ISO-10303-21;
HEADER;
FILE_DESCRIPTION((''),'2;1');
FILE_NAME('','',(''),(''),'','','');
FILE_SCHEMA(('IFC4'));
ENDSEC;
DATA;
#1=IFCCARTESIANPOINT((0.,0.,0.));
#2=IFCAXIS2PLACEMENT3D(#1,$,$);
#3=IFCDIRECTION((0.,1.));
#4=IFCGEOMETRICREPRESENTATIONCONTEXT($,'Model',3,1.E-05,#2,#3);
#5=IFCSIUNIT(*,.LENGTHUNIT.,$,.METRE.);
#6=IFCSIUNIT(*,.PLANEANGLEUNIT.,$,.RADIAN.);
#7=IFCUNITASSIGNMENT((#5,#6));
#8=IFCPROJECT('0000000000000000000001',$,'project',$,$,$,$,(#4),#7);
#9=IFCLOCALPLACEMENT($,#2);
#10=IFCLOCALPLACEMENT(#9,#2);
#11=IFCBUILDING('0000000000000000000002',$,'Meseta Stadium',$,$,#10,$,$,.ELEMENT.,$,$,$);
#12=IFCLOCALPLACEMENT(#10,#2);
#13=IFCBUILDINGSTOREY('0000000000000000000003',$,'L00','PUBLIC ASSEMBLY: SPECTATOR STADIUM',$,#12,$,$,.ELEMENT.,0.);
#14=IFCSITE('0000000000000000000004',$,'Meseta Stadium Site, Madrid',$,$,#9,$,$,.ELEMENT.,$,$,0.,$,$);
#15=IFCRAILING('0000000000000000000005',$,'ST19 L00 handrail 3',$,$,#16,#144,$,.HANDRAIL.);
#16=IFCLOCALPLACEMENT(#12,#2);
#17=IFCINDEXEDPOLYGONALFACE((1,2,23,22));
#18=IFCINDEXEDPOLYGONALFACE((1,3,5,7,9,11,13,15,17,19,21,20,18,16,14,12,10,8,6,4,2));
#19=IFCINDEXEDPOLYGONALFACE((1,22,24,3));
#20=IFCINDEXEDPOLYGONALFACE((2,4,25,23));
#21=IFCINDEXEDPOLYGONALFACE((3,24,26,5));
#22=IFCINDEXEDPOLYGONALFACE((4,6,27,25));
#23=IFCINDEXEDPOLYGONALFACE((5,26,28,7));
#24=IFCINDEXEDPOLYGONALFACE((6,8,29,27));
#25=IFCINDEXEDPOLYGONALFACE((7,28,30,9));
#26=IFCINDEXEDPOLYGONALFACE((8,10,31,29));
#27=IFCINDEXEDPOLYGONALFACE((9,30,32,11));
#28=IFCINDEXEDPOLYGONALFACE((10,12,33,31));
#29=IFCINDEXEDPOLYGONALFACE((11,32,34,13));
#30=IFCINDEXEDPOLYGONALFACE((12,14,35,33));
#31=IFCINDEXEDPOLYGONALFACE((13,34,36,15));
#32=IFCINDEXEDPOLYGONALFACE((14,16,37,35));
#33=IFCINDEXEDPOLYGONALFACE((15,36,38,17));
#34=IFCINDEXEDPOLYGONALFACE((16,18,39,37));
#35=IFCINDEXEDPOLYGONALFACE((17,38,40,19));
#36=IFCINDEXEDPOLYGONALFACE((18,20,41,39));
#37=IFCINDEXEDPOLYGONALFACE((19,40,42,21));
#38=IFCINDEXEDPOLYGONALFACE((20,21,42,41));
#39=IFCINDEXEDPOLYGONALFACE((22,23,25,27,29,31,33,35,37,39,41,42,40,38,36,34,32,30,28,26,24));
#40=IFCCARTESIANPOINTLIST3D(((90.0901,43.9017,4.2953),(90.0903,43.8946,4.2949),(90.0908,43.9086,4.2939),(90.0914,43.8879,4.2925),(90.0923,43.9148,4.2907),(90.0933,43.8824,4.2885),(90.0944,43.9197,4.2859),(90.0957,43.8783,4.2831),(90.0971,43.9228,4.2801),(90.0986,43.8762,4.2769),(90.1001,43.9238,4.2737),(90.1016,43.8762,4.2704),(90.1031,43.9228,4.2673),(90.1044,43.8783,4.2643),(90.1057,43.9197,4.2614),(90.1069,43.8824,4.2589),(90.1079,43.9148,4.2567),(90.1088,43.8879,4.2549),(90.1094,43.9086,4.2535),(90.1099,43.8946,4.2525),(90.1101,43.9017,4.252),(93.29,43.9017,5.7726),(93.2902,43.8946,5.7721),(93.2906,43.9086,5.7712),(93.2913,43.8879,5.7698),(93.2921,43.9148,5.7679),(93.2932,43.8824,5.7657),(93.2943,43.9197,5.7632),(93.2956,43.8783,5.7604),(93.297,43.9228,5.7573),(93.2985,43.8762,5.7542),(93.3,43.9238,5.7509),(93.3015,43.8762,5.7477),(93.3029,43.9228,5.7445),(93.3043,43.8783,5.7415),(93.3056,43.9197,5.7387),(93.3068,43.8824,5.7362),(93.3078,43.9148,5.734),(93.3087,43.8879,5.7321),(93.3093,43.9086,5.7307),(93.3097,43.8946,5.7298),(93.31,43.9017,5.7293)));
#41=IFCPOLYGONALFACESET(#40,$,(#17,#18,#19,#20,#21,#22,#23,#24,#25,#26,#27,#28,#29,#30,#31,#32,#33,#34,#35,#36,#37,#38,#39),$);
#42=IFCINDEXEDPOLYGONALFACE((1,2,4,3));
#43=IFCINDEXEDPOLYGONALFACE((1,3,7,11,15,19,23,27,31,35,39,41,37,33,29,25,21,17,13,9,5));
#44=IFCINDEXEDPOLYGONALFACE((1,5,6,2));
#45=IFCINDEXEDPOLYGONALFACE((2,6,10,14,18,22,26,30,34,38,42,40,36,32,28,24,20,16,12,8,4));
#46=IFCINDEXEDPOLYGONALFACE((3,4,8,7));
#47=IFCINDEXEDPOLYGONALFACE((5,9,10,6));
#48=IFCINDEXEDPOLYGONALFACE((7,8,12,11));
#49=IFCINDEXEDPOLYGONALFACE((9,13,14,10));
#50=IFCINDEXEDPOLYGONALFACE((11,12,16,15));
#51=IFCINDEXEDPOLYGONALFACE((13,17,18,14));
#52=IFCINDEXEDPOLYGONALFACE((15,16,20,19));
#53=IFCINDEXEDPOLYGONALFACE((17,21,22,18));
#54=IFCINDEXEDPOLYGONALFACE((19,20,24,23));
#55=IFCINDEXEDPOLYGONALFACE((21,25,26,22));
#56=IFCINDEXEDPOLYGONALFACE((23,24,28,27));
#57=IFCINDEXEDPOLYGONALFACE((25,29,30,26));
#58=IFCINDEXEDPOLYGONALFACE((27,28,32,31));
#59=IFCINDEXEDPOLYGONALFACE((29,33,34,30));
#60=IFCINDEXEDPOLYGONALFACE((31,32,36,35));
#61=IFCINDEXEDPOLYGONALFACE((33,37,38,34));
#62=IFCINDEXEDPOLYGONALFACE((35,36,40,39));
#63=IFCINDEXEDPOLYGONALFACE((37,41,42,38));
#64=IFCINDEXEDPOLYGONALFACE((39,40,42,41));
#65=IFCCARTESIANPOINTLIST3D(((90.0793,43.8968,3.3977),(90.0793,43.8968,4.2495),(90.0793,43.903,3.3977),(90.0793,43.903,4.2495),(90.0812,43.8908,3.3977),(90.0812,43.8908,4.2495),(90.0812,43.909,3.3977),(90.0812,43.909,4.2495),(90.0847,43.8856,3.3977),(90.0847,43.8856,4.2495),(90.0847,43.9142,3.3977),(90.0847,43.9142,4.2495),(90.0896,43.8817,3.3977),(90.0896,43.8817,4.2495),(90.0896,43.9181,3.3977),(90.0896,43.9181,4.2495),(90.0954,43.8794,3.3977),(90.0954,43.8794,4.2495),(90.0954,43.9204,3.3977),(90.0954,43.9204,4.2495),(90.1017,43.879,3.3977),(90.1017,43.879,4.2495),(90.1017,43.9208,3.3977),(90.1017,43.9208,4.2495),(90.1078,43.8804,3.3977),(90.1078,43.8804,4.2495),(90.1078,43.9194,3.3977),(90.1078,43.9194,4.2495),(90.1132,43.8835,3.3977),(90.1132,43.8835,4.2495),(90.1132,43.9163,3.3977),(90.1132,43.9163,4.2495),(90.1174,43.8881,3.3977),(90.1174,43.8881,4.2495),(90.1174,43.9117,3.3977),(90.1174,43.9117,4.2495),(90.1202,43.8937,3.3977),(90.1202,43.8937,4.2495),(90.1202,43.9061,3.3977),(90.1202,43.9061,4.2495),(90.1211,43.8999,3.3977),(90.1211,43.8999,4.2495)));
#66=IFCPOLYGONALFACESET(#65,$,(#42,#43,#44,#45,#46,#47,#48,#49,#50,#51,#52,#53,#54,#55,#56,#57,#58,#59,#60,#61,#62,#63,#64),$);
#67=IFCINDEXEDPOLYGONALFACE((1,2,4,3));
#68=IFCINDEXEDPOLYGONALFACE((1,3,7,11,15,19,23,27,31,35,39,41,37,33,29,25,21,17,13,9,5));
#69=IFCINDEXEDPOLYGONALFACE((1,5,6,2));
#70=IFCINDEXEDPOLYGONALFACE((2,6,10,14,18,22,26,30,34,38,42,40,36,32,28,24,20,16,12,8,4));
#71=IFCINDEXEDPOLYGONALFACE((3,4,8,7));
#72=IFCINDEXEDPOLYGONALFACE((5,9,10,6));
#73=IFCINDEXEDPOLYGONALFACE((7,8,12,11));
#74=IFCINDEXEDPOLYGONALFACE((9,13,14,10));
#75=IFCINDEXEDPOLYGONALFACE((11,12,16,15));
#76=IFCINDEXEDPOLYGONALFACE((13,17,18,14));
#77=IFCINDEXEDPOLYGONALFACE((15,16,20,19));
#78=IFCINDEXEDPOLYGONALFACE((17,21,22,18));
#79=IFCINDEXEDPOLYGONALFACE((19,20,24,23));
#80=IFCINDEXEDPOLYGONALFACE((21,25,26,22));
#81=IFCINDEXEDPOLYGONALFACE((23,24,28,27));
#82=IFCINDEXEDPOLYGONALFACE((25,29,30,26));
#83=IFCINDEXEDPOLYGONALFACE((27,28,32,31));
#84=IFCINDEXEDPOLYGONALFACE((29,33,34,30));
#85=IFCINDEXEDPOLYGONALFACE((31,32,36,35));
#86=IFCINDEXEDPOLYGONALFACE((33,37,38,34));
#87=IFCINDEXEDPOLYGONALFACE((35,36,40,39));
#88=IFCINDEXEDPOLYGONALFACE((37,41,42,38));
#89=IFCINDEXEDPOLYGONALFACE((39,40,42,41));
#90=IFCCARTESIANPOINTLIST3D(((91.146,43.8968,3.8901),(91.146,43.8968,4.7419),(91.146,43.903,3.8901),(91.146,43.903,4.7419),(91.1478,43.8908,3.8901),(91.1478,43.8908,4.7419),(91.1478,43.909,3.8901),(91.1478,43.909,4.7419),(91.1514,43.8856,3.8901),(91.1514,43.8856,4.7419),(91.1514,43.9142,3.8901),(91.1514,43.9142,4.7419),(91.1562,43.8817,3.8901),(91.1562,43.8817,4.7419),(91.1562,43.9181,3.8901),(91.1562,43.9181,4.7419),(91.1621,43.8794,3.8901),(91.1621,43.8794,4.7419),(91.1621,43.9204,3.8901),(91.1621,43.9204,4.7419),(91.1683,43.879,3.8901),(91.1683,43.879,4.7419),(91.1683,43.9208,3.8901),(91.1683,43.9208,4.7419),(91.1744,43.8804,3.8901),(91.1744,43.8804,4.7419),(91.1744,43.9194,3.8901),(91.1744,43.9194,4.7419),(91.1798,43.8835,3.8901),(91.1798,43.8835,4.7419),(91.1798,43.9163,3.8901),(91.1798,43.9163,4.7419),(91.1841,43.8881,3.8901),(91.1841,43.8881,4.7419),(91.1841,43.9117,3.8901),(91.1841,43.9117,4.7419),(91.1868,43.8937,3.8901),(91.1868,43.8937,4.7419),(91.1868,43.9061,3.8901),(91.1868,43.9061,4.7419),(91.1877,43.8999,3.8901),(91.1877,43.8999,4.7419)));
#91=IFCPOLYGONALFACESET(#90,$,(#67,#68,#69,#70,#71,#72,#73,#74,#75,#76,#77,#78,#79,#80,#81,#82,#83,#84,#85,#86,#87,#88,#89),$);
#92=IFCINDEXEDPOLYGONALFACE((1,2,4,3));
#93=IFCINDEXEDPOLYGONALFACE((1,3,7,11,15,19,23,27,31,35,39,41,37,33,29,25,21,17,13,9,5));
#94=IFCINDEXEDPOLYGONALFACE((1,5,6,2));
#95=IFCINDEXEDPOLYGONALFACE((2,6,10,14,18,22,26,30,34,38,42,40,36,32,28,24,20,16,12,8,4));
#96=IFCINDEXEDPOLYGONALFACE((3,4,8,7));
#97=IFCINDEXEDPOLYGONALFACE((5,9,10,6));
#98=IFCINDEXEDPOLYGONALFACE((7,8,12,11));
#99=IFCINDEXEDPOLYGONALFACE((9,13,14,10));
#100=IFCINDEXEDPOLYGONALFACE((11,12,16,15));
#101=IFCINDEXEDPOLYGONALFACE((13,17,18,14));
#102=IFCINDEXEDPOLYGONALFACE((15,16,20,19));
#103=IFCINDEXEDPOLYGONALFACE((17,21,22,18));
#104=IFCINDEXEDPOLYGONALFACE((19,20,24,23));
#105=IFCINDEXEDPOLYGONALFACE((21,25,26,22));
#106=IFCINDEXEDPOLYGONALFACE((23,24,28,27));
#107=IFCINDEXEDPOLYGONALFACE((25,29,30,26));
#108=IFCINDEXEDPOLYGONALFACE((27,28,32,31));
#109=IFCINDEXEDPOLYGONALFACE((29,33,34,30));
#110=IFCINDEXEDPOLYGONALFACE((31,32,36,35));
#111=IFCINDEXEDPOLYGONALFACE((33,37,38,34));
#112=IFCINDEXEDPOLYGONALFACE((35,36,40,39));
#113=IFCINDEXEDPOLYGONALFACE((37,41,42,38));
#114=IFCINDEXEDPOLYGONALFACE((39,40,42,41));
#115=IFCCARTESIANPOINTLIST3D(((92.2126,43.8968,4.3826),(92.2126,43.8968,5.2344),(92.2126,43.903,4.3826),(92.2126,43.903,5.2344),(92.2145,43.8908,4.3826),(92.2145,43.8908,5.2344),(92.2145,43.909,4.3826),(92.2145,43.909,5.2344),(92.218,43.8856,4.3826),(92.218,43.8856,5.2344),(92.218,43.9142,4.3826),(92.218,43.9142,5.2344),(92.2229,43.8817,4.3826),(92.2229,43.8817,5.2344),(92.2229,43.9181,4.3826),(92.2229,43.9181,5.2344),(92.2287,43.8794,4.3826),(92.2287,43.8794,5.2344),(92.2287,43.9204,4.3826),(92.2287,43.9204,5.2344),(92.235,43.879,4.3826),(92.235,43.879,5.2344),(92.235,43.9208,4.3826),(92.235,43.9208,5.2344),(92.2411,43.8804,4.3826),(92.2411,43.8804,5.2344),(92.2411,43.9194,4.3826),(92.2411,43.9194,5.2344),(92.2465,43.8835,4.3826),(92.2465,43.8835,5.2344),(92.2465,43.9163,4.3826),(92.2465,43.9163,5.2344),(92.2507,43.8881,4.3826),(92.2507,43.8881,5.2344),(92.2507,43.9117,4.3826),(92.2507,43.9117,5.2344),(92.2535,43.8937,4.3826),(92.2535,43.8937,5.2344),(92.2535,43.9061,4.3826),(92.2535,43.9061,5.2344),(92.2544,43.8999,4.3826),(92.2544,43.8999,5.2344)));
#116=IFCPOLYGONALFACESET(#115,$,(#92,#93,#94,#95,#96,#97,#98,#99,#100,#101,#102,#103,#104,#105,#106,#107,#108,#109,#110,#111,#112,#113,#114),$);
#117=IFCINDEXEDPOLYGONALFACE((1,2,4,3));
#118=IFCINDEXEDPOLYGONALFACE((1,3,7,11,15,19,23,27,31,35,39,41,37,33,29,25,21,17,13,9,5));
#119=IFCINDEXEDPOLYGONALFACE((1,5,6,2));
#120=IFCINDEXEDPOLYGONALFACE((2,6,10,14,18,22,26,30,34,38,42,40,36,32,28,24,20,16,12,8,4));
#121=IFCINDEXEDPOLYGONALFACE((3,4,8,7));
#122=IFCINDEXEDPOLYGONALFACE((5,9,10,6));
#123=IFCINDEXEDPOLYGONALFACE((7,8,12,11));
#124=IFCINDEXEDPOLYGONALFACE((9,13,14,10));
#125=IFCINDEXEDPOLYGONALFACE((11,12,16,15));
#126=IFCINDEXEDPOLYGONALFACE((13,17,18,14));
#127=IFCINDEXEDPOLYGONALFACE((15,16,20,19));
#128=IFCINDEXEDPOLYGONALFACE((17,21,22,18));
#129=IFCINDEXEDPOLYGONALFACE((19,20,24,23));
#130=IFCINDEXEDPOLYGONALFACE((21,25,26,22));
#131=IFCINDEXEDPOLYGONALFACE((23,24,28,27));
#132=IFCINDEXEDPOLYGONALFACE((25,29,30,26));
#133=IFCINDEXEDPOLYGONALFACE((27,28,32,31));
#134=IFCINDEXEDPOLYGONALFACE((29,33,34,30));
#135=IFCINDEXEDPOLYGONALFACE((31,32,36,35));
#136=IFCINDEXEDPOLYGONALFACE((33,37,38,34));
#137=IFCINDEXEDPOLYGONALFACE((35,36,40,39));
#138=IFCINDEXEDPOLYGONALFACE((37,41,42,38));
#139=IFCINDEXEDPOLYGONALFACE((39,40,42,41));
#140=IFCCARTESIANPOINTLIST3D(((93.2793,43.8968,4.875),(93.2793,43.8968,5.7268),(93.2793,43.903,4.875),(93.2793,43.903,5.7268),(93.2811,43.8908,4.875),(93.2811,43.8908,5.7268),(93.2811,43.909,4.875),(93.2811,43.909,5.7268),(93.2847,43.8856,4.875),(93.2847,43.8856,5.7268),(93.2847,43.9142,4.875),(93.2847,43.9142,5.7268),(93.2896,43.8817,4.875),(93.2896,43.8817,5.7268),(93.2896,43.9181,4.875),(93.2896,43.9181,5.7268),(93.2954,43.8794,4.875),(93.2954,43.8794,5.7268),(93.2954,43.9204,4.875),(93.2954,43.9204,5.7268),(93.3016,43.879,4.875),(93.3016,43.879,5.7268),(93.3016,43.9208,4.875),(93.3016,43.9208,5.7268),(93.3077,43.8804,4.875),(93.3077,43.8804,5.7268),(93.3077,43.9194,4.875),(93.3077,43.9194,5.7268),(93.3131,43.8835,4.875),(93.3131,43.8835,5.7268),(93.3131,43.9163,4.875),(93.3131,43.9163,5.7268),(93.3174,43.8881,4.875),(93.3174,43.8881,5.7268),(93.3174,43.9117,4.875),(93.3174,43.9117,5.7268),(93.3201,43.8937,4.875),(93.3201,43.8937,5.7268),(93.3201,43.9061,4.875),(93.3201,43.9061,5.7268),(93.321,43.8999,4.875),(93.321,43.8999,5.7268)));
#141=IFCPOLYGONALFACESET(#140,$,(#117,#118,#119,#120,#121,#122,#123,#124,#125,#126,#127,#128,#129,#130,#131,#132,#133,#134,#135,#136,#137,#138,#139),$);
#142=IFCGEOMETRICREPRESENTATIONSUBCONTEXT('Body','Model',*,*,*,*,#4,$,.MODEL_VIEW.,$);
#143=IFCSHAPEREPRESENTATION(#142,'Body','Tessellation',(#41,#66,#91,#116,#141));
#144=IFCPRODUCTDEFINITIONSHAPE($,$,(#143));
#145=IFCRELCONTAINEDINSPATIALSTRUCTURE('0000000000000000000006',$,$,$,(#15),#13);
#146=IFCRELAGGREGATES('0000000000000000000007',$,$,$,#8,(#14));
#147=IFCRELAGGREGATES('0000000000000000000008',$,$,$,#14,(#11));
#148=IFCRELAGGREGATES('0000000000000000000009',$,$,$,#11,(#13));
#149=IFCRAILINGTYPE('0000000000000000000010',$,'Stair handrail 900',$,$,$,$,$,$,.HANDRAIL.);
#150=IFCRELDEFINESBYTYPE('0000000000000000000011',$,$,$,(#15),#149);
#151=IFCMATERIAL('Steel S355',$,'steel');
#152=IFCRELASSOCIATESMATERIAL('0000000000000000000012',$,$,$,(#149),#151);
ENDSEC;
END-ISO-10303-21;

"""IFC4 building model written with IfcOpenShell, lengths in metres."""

from ifc_helpers import new_model, si_unit, direction, frame, origin, origin_2d, place, context, subcontext, project, spatial, circle, extrude, material, type_object, element, save


model = new_model("IFC4")

# Units and contexts
model_context = context("Model", 3, precision=1e-05, world=origin(), true_north=direction((0.0, 1.0)))
body_context = subcontext(model_context, "Body", "Model", "MODEL_VIEW")
ifc_project = project(units=[si_unit("LENGTHUNIT", "METRE"), si_unit("PLANEANGLEUNIT", "RADIAN")], contexts=[model_context])

# Site, building, storey
site_placement = place(None, origin())
site = spatial("IfcSite", under=ifc_project, at=site_placement, Name="Meseta Stadium Site, Madrid", CompositionType="ELEMENT", RefElevation=0.0)
building_placement = place(site_placement, origin())
building = spatial("IfcBuilding", under=site, at=building_placement, Name="Meseta Stadium", CompositionType="ELEMENT")
storey_placement = place(building_placement, origin())
storey = spatial("IfcBuildingStorey", under=building, at=storey_placement, Name="L00", Description="PUBLIC ASSEMBLY: SPECTATOR STADIUM", CompositionType="ELEMENT", Elevation=0.0)

# Railing
ifc_material_1 = material(Name="Steel S355", Category="steel")
railing_type_1 = type_object("IfcRailingType", Name="Stair handrail 900", PredefinedType="HANDRAIL", material=ifc_material_1)
railing_1_placement = place(storey_placement, frame((90.1001, 43.8999, 3.3977)))
element("IfcRailing", 1, at=railing_1_placement, inside=storey, type_object=railing_type_1, Name="ST19 L00 handrail 3", PredefinedType="HANDRAIL", context=body_context, shape_type="SweptSolid", body=[
    extrude(circle(Radius=0.0239, at=origin_2d()), frame((0.0, 0.0, 0.876), z_axis=(0.907917, 0.0, 0.41915), x_axis=(0.0, 1.0, 0.0)), (0.0, 0.0, 1.0), 3.5244),
    extrude(circle(Radius=0.021, at=origin_2d()), origin(), (0.0, 0.0, 1.0), 0.8518),
    extrude(circle(Radius=0.021, at=origin_2d()), frame((1.0667, 0.0, 0.4924)), (0.0, 0.0, 1.0), 0.8518),
    extrude(circle(Radius=0.021, at=origin_2d()), frame((2.1333, 0.0, 0.9849)), (0.0, 0.0, 1.0), 0.8518),
    extrude(circle(Radius=0.021, at=origin_2d()), frame((3.2, 0.0, 1.4773)), (0.0, 0.0, 1.0), 0.8518),
])

save(model, "model.ifc")
